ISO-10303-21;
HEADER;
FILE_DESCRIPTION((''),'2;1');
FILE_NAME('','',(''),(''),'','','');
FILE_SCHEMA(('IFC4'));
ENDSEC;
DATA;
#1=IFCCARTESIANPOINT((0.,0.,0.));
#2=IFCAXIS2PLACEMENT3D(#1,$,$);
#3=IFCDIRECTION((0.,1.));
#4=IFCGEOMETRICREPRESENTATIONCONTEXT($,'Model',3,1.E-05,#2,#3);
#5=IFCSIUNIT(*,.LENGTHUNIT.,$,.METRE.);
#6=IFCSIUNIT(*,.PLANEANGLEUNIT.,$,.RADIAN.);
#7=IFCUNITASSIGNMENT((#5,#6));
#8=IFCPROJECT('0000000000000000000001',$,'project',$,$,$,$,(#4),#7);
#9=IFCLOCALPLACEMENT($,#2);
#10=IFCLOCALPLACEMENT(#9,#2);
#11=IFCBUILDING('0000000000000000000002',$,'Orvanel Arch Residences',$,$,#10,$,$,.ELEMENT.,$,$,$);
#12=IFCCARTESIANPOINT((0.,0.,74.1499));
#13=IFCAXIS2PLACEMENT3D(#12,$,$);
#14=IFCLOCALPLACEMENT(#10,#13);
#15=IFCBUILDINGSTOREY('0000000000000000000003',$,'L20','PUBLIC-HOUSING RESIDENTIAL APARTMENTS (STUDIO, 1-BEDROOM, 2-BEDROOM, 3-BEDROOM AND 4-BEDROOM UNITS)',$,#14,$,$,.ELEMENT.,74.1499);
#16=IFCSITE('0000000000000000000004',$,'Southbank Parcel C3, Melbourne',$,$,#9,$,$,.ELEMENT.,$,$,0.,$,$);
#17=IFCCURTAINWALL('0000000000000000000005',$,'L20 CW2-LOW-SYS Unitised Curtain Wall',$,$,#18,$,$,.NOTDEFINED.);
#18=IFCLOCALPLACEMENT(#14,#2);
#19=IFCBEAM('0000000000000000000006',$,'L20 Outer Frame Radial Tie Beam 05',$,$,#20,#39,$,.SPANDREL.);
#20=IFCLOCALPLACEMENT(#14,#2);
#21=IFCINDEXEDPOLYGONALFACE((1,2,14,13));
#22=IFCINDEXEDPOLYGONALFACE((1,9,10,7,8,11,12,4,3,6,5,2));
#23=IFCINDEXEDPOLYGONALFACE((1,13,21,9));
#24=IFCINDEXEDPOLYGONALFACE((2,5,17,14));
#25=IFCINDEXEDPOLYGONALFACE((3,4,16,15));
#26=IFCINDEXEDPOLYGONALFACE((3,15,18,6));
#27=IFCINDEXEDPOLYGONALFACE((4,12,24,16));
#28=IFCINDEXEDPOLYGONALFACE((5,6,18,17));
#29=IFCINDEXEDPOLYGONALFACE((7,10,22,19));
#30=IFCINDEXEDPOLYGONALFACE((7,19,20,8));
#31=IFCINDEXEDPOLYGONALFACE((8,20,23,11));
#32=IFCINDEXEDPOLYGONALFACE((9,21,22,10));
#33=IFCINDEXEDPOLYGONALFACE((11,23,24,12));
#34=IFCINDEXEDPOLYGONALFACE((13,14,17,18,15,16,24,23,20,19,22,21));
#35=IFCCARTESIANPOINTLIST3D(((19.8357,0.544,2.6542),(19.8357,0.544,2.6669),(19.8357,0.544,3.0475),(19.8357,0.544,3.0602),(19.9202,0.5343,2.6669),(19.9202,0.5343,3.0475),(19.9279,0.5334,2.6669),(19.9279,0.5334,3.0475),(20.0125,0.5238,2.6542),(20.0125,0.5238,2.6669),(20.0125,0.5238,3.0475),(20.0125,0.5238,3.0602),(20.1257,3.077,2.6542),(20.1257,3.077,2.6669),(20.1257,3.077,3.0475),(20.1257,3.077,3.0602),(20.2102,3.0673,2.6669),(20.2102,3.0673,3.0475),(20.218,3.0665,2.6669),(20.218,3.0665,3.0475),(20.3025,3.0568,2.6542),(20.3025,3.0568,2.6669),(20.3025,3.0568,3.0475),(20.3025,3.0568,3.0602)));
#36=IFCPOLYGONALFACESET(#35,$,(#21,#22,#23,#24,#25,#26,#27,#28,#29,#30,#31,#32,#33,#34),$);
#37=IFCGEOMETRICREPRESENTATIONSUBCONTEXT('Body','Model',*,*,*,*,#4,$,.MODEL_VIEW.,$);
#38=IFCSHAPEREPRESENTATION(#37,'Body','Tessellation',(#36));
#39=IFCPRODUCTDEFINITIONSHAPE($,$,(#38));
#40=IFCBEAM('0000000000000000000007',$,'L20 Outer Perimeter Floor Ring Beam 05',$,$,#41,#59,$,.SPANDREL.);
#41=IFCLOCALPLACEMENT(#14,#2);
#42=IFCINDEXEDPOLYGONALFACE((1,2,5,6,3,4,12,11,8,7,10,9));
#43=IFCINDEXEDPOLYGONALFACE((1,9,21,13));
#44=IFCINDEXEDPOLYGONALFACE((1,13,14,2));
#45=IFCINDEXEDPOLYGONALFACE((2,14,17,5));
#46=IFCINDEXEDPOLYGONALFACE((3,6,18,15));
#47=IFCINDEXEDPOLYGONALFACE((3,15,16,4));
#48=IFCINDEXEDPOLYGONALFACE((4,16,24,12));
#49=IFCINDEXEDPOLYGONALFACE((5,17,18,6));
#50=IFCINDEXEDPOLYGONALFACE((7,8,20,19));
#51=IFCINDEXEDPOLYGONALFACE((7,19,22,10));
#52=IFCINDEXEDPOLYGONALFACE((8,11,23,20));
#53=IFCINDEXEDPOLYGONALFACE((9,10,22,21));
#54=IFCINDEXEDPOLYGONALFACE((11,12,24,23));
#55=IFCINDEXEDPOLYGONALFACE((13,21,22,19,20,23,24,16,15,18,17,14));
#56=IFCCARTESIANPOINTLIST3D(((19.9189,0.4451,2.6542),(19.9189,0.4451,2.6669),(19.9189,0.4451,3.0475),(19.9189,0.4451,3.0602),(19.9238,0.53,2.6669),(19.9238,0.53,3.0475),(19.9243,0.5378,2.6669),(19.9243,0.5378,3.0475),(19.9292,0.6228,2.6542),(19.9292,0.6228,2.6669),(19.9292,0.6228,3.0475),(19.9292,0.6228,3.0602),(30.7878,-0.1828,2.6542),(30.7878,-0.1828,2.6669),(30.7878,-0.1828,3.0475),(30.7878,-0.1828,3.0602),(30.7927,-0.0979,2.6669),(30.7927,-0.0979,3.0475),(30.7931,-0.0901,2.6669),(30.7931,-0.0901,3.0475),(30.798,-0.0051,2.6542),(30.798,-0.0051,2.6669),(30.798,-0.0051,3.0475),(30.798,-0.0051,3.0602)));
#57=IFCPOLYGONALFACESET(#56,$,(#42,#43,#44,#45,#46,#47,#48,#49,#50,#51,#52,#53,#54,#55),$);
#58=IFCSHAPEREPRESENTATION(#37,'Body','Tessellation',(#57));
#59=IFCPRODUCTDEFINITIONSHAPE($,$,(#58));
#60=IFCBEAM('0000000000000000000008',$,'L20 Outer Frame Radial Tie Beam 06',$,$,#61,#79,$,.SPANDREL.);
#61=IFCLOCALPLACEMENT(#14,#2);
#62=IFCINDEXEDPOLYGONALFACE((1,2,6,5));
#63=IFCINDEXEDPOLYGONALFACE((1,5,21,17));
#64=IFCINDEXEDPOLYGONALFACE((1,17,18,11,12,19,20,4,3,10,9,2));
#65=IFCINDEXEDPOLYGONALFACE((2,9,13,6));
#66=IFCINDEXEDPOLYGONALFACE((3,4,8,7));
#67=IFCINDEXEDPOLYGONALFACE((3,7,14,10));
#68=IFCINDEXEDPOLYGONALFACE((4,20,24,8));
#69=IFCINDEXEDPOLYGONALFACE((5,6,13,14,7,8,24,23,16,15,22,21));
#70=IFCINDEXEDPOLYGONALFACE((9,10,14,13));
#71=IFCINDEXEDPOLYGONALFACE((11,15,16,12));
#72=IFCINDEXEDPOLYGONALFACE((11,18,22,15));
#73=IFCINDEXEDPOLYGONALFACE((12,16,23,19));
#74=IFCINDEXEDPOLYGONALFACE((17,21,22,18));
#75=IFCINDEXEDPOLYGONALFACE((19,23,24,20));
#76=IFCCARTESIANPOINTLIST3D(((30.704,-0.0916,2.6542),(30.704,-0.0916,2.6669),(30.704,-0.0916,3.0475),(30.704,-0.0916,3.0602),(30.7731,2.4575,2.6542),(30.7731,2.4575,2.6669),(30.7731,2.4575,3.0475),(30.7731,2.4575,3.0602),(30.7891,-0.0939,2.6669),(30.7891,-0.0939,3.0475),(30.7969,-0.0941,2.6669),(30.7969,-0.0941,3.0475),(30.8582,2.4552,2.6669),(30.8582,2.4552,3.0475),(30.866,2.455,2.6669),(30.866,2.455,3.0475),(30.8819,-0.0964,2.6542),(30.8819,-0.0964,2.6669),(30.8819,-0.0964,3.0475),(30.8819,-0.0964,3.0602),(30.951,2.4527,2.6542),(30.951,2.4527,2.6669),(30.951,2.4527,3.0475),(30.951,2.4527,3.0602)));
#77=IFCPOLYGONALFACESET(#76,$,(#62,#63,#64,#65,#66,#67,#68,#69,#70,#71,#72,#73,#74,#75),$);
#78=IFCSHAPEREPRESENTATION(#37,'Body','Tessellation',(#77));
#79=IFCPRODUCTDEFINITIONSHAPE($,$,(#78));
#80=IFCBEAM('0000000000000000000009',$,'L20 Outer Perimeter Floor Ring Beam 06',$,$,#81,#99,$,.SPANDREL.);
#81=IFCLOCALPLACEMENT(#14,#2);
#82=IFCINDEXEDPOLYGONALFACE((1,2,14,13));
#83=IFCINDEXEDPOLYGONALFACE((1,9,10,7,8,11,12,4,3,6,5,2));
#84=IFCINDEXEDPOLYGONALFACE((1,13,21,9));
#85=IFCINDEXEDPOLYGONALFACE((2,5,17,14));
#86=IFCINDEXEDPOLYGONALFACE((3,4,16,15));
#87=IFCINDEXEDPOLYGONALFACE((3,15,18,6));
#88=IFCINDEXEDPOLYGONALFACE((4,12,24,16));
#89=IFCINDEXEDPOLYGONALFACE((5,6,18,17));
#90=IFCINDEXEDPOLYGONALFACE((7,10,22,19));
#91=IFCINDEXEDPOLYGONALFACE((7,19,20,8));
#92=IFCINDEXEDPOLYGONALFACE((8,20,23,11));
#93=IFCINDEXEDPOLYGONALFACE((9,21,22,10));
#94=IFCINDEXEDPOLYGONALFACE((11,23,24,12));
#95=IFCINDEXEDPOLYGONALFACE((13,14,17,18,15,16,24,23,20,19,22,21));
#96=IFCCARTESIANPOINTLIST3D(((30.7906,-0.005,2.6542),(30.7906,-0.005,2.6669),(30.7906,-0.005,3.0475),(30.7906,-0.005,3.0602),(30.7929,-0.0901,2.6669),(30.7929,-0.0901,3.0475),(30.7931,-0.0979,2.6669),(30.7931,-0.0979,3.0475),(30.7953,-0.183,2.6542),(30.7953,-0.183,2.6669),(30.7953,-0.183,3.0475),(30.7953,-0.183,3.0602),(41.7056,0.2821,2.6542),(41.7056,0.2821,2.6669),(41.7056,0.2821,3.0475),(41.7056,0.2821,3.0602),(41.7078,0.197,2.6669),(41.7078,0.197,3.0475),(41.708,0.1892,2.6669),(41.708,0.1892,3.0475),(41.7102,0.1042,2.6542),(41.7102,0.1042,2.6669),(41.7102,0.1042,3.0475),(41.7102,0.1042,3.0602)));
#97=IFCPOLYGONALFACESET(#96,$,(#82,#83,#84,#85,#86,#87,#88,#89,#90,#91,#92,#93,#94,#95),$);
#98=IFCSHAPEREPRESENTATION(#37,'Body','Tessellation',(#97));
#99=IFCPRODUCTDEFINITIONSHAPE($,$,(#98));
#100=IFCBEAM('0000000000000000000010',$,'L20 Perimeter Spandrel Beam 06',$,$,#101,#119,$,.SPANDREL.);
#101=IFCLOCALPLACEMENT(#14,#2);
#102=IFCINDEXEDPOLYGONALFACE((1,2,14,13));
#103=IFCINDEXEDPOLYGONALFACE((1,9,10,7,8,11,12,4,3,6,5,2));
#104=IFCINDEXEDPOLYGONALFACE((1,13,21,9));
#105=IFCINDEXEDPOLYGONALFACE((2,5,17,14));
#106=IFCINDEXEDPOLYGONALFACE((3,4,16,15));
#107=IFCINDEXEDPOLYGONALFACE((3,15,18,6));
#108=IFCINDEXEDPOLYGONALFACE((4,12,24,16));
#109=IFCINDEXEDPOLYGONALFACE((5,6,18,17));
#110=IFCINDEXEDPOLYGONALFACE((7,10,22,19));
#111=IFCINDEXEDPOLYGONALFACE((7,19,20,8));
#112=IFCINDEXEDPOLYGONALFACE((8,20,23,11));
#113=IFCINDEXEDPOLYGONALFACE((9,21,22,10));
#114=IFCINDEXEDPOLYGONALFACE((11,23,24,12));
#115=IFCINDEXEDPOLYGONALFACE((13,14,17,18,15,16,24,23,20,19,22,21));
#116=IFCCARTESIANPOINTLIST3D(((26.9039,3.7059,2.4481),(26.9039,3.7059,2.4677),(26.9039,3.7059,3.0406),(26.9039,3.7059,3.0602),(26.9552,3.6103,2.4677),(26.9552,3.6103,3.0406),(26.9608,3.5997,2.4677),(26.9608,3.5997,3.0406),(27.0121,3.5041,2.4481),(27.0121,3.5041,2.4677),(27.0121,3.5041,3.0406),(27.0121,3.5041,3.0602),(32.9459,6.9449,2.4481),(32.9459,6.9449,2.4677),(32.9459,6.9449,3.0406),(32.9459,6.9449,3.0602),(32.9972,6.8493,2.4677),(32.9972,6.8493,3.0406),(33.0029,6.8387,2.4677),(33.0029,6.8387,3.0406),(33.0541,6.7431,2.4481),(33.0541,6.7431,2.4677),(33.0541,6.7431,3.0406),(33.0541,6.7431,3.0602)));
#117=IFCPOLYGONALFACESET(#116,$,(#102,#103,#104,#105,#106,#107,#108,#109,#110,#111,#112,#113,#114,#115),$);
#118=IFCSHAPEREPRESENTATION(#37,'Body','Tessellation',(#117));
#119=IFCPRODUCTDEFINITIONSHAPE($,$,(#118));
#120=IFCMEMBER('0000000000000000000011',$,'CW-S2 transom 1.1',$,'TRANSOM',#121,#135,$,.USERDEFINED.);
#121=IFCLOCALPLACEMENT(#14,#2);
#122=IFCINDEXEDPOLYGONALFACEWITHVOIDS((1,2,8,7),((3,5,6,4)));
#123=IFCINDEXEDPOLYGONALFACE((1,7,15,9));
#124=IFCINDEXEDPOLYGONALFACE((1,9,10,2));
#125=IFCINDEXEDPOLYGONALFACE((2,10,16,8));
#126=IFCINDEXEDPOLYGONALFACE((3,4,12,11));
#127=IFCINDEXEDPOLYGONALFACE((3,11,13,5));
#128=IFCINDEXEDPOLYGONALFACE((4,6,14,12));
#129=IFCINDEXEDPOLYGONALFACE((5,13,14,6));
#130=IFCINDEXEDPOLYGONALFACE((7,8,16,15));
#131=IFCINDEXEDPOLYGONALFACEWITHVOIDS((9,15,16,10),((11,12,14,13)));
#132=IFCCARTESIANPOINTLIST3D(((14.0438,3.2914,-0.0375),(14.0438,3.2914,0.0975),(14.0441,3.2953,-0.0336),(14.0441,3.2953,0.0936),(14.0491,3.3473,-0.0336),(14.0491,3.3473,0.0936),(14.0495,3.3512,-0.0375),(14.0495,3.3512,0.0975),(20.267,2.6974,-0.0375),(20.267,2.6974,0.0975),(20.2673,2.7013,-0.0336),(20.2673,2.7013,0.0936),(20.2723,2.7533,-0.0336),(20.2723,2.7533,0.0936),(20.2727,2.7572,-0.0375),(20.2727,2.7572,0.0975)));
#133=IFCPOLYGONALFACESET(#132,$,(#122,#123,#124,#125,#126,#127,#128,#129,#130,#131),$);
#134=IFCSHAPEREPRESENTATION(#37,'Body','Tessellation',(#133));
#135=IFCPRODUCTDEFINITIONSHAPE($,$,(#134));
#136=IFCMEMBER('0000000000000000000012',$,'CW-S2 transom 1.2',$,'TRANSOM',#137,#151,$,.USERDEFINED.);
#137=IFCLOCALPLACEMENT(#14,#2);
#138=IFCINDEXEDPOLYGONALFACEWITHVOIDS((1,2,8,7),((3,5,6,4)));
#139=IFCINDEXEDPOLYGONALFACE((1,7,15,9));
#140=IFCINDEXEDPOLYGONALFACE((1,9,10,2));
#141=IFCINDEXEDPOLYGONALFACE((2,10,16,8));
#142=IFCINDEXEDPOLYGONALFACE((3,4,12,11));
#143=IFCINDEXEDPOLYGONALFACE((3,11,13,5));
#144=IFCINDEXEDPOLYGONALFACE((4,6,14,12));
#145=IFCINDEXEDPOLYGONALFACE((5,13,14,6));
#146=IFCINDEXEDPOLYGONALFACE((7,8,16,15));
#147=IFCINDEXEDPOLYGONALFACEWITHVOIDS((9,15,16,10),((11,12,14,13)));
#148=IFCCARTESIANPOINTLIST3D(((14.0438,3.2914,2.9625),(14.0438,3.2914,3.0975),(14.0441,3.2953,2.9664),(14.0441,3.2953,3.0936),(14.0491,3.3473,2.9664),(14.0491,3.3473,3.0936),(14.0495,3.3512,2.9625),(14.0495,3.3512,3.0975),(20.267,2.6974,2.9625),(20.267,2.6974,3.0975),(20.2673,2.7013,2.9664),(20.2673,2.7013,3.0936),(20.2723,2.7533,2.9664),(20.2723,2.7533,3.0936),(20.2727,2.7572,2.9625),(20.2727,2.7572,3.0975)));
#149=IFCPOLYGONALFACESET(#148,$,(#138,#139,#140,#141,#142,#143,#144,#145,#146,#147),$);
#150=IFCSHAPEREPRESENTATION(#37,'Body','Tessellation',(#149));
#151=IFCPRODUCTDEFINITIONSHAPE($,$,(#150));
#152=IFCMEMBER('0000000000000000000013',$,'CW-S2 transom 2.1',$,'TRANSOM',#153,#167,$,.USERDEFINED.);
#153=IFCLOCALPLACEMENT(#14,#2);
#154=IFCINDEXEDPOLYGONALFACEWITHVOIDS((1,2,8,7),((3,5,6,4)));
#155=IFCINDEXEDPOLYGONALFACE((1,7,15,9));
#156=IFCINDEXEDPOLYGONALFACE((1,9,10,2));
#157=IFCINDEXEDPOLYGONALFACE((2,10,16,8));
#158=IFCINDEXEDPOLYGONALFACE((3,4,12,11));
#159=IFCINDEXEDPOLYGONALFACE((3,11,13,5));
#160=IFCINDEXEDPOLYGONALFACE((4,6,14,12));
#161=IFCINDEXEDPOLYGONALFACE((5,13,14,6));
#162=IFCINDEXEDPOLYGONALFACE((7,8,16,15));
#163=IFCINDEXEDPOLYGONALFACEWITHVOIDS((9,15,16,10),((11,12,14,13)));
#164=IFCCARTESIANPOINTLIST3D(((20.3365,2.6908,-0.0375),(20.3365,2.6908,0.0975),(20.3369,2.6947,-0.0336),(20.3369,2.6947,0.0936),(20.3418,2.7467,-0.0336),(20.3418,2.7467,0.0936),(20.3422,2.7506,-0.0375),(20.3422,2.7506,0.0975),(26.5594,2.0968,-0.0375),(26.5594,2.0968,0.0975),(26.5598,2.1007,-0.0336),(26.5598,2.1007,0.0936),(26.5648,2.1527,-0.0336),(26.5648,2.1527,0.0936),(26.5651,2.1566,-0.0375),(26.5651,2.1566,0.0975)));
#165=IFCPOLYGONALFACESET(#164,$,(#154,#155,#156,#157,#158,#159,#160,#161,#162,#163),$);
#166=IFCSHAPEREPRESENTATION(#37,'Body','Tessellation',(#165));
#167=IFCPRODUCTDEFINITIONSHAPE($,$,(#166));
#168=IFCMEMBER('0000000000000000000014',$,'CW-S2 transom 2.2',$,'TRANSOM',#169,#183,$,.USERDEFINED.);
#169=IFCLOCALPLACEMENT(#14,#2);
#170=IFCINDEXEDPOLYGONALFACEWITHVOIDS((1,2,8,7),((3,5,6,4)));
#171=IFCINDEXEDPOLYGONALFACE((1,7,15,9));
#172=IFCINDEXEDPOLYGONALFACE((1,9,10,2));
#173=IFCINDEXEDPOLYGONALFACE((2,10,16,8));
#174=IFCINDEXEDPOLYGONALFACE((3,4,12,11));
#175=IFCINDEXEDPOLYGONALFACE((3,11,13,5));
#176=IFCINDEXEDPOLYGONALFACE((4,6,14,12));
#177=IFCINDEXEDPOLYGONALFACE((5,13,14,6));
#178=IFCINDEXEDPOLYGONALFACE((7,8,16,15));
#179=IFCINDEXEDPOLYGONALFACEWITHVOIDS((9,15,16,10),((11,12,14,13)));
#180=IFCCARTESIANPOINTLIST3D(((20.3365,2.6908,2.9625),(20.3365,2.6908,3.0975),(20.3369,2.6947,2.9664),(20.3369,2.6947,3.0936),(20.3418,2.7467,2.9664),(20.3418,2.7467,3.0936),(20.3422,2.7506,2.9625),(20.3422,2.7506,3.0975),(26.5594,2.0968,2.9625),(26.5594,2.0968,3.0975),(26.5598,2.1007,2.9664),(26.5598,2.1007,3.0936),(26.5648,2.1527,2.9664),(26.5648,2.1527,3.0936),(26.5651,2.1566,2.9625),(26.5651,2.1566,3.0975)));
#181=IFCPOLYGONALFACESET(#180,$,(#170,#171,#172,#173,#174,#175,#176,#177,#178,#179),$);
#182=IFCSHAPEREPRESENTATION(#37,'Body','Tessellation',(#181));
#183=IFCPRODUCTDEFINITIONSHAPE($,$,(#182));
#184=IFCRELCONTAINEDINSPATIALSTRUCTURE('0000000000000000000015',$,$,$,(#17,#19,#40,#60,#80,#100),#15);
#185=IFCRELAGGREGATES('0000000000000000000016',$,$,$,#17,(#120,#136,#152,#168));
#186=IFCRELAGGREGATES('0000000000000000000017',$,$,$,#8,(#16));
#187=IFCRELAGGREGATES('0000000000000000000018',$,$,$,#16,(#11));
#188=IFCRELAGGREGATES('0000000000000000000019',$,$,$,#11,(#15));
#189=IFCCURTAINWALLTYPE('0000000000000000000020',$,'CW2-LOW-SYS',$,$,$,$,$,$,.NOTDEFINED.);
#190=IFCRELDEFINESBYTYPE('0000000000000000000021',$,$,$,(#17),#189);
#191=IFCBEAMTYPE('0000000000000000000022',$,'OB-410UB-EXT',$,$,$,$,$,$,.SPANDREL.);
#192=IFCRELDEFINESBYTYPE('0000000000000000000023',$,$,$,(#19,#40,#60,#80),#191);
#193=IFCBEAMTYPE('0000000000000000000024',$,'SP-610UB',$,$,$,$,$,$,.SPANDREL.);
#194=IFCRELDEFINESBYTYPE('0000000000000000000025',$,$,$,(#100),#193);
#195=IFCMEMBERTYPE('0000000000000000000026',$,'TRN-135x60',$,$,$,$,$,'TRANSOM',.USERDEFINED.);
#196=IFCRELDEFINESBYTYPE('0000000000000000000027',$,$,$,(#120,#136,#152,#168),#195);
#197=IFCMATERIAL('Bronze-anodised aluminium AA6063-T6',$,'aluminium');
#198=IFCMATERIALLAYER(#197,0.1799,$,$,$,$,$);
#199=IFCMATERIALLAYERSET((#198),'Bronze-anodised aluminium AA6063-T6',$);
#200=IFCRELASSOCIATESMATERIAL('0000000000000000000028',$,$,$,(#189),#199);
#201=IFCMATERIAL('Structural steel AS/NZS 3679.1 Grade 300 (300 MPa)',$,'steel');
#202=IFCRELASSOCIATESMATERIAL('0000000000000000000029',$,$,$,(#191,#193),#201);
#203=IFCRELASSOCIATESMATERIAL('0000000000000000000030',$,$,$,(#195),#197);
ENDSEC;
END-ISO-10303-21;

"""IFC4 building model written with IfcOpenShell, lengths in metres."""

from ifc_helpers import new_model, si_unit, direction, frame, origin, origin_2d, place, context, subcontext, project, spatial, hollow_rectangle, i_section, extrude, material, layer, layer_set, material_profile, profile_set, type_object, element, aggregate, save


model = new_model("IFC4")

# Units and contexts
model_context = context("Model", 3, precision=1e-05, world=origin(), true_north=direction((0.0, 1.0)))
body_context = subcontext(model_context, "Body", "Model", "MODEL_VIEW")
ifc_project = project(units=[si_unit("LENGTHUNIT", "METRE"), si_unit("PLANEANGLEUNIT", "RADIAN")], contexts=[model_context])

# Site, building, storey
site_placement = place(None, origin())
site = spatial("IfcSite", under=ifc_project, at=site_placement, Name="Southbank Parcel C3, Melbourne", CompositionType="ELEMENT", RefElevation=0.0)
building_placement = place(site_placement, origin())
building = spatial("IfcBuilding", under=site, at=building_placement, Name="Orvanel Arch Residences", CompositionType="ELEMENT")
storey_placement = place(building_placement, frame((0.0, 0.0, 74.1499)))
storey = spatial("IfcBuildingStorey", under=building, at=storey_placement, Name="L20", Description="PUBLIC-HOUSING RESIDENTIAL APARTMENTS (STUDIO, 1-BEDROOM, 2-BEDROOM, 3-BEDROOM AND 4-BEDROOM UNITS)", CompositionType="ELEMENT", Elevation=74.1499)

# Shared definitions
ifc_material_1 = material(Name="Bronze-anodised aluminium AA6063-T6", Category="aluminium")

# Curtain wall
ifc_layer_1 = layer(ifc_material_1, 0.1799)
ifc_layer_set_1 = layer_set([ifc_layer_1], Name="Bronze-anodised aluminium AA6063-T6")
curtain_wall_type_1 = type_object("IfcCurtainWallType", Name="CW2-LOW-SYS", PredefinedType="NOTDEFINED", material=ifc_layer_set_1)
curtain_wall_1_placement = place(storey_placement, origin())
curtain_wall_1 = element("IfcCurtainWall", 1, at=curtain_wall_1_placement, inside=storey, type_object=curtain_wall_type_1, Name="L20 CW2-LOW-SYS Unitised Curtain Wall", PredefinedType="NOTDEFINED")

# Beams
ifc_material_2 = material(Name="Structural steel AS/NZS 3679.1 Grade 300 (300 MPa)", Category="steel")
ifc_material_profile_1 = material_profile(ifc_material_2, i_section(OverallWidth=0.178, OverallDepth=0.406, WebThickness=0.0078, FlangeThickness=0.0127, at=origin_2d()), Name="410UB59.7")
ifc_profile_set_1 = profile_set([ifc_material_profile_1], Name="Structural steel AS/NZS 3679.1 Grade 300 (300 MPa)")
beam_type_1 = type_object("IfcBeamType", Name="OB-410UB-EXT", PredefinedType="SPANDREL", material=ifc_profile_set_1)
beam_1_placement = place(storey_placement, frame((20.2141, 3.0669, 2.8572), z_axis=(-0.113763, -0.993508, 0.0), x_axis=(0.993508, -0.113763, 0.0)))
element("IfcBeam", 2, at=beam_1_placement, inside=storey, type_object=beam_type_1, Name="L20 Outer Frame Radial Tie Beam 05", PredefinedType="SPANDREL", context=body_context, shape_type="SweptSolid", body=[
    extrude(i_section(OverallWidth=0.178, OverallDepth=0.406, WebThickness=0.0078, FlangeThickness=0.0127, at=origin_2d()), origin(), (0.0, 0.0, 1.0), 2.5496),
])
beam_2_placement = place(storey_placement, frame((19.9241, 0.5339, 2.8572), z_axis=(0.998335, -0.057677, 0.0), x_axis=(0.057677, 0.998335, 0.0)))
element("IfcBeam", 3, at=beam_2_placement, inside=storey, type_object=beam_type_1, Name="L20 Outer Perimeter Floor Ring Beam 05", PredefinedType="SPANDREL", context=body_context, shape_type="SweptSolid", body=[
    extrude(i_section(OverallWidth=0.178, OverallDepth=0.406, WebThickness=0.0078, FlangeThickness=0.0127, at=origin_2d()), origin(), (0.0, 0.0, 1.0), 10.887),
])
beam_3_placement = place(storey_placement, frame((30.8621, 2.4551, 2.8572), z_axis=(-0.027095, -0.999633, 0.0), x_axis=(0.999633, -0.027095, 0.0)))
element("IfcBeam", 4, at=beam_3_placement, inside=storey, type_object=beam_type_1, Name="L20 Outer Frame Radial Tie Beam 06", PredefinedType="SPANDREL", context=body_context, shape_type="SweptSolid", body=[
    extrude(i_section(OverallWidth=0.178, OverallDepth=0.406, WebThickness=0.0078, FlangeThickness=0.0127, at=origin_2d()), origin(), (0.0, 0.0, 1.0), 2.55),
])
beam_4_placement = place(storey_placement, frame((30.793, -0.094, 2.8572), z_axis=(0.999654, 0.026295, 0.0), x_axis=(-0.026295, 0.999654, 0.0)))
element("IfcBeam", 5, at=beam_4_placement, inside=storey, type_object=beam_type_1, Name="L20 Outer Perimeter Floor Ring Beam 06", PredefinedType="SPANDREL", context=body_context, shape_type="SweptSolid", body=[
    extrude(i_section(OverallWidth=0.178, OverallDepth=0.406, WebThickness=0.0078, FlangeThickness=0.0127, at=origin_2d()), origin(), (0.0, 0.0, 1.0), 10.9187),
])
ifc_material_profile_2 = material_profile(ifc_material_2, i_section(OverallWidth=0.229, OverallDepth=0.6121, WebThickness=0.012, FlangeThickness=0.0195, at=origin_2d()), Name="610UB125")
ifc_profile_set_2 = profile_set([ifc_material_profile_2], Name="Structural steel AS/NZS 3679.1 Grade 300 (300 MPa)")
beam_type_2 = type_object("IfcBeamType", Name="SP-610UB", PredefinedType="SPANDREL", material=ifc_profile_set_2)
beam_5_placement = place(storey_placement, frame((26.958, 3.605, 2.7542), z_axis=(0.881344, 0.472474, 0.0), x_axis=(-0.472474, 0.881344, 0.0)))
element("IfcBeam", 6, at=beam_5_placement, inside=storey, type_object=beam_type_2, Name="L20 Perimeter Spandrel Beam 06", PredefinedType="SPANDREL", context=body_context, shape_type="SweptSolid", body=[
    extrude(i_section(OverallWidth=0.229, OverallDepth=0.6121, WebThickness=0.012, FlangeThickness=0.0195, at=origin_2d()), origin(), (0.0, 0.0, 1.0), 6.8555),
])

# Members
ifc_material_profile_3 = material_profile(ifc_material_1, hollow_rectangle(XDim=0.0601, YDim=0.135, WallThickness=0.0039, at=origin_2d()), Name="ALU135x60x4")
ifc_profile_set_3 = profile_set([ifc_material_profile_3], Name="Bronze-anodised aluminium AA6063-T6")
member_type_1 = type_object("IfcMemberType", Name="TRN-135x60", ElementType="TRANSOM", PredefinedType="USERDEFINED", material=ifc_profile_set_3)
member_1_placement = place(storey_placement, frame((14.0466, 3.3213, 0.03), z_axis=(0.995476, -0.095017, 0.0), x_axis=(0.095017, 0.995476, 0.0)))
member_1 = element("IfcMember", 7, at=member_1_placement, type_object=member_type_1, Name="CW-S2 transom 1.1", ObjectType="TRANSOM", PredefinedType="USERDEFINED", context=body_context, shape_type="SweptSolid", body=[
    extrude(hollow_rectangle(XDim=0.0601, YDim=0.135, WallThickness=0.0039, at=origin_2d()), origin(), (0.0, 0.0, 1.0), 6.2515),
])
member_2_placement = place(storey_placement, frame((14.0466, 3.3213, 3.03), z_axis=(0.995476, -0.095017, 0.0), x_axis=(0.095017, 0.995476, 0.0)))
member_2 = element("IfcMember", 8, at=member_2_placement, type_object=member_type_1, Name="CW-S2 transom 1.2", ObjectType="TRANSOM", PredefinedType="USERDEFINED", context=body_context, shape_type="SweptSolid", body=[
    extrude(hollow_rectangle(XDim=0.0601, YDim=0.135, WallThickness=0.0039, at=origin_2d()), origin(), (0.0, 0.0, 1.0), 6.2515),
])
member_3_placement = place(storey_placement, frame((20.3394, 2.7207, 0.03), z_axis=(0.995475, -0.095021, 0.0), x_axis=(0.095021, 0.995475, 0.0)))
member_3 = element("IfcMember", 9, at=member_3_placement, type_object=member_type_1, Name="CW-S2 transom 2.1", ObjectType="TRANSOM", PredefinedType="USERDEFINED", context=body_context, shape_type="SweptSolid", body=[
    extrude(hollow_rectangle(XDim=0.0601, YDim=0.135, WallThickness=0.0039, at=origin_2d()), origin(), (0.0, 0.0, 1.0), 6.2512),
])
member_4_placement = place(storey_placement, frame((20.3394, 2.7207, 3.03), z_axis=(0.995475, -0.095021, 0.0), x_axis=(0.095021, 0.995475, 0.0)))
member_4 = element("IfcMember", 10, at=member_4_placement, type_object=member_type_1, Name="CW-S2 transom 2.2", ObjectType="TRANSOM", PredefinedType="USERDEFINED", context=body_context, shape_type="SweptSolid", body=[
    extrude(hollow_rectangle(XDim=0.0601, YDim=0.135, WallThickness=0.0039, at=origin_2d()), origin(), (0.0, 0.0, 1.0), 6.2512),
])

aggregate(curtain_wall_1, [member_1, member_2, member_3, member_4])

save(model, "model.ifc")
